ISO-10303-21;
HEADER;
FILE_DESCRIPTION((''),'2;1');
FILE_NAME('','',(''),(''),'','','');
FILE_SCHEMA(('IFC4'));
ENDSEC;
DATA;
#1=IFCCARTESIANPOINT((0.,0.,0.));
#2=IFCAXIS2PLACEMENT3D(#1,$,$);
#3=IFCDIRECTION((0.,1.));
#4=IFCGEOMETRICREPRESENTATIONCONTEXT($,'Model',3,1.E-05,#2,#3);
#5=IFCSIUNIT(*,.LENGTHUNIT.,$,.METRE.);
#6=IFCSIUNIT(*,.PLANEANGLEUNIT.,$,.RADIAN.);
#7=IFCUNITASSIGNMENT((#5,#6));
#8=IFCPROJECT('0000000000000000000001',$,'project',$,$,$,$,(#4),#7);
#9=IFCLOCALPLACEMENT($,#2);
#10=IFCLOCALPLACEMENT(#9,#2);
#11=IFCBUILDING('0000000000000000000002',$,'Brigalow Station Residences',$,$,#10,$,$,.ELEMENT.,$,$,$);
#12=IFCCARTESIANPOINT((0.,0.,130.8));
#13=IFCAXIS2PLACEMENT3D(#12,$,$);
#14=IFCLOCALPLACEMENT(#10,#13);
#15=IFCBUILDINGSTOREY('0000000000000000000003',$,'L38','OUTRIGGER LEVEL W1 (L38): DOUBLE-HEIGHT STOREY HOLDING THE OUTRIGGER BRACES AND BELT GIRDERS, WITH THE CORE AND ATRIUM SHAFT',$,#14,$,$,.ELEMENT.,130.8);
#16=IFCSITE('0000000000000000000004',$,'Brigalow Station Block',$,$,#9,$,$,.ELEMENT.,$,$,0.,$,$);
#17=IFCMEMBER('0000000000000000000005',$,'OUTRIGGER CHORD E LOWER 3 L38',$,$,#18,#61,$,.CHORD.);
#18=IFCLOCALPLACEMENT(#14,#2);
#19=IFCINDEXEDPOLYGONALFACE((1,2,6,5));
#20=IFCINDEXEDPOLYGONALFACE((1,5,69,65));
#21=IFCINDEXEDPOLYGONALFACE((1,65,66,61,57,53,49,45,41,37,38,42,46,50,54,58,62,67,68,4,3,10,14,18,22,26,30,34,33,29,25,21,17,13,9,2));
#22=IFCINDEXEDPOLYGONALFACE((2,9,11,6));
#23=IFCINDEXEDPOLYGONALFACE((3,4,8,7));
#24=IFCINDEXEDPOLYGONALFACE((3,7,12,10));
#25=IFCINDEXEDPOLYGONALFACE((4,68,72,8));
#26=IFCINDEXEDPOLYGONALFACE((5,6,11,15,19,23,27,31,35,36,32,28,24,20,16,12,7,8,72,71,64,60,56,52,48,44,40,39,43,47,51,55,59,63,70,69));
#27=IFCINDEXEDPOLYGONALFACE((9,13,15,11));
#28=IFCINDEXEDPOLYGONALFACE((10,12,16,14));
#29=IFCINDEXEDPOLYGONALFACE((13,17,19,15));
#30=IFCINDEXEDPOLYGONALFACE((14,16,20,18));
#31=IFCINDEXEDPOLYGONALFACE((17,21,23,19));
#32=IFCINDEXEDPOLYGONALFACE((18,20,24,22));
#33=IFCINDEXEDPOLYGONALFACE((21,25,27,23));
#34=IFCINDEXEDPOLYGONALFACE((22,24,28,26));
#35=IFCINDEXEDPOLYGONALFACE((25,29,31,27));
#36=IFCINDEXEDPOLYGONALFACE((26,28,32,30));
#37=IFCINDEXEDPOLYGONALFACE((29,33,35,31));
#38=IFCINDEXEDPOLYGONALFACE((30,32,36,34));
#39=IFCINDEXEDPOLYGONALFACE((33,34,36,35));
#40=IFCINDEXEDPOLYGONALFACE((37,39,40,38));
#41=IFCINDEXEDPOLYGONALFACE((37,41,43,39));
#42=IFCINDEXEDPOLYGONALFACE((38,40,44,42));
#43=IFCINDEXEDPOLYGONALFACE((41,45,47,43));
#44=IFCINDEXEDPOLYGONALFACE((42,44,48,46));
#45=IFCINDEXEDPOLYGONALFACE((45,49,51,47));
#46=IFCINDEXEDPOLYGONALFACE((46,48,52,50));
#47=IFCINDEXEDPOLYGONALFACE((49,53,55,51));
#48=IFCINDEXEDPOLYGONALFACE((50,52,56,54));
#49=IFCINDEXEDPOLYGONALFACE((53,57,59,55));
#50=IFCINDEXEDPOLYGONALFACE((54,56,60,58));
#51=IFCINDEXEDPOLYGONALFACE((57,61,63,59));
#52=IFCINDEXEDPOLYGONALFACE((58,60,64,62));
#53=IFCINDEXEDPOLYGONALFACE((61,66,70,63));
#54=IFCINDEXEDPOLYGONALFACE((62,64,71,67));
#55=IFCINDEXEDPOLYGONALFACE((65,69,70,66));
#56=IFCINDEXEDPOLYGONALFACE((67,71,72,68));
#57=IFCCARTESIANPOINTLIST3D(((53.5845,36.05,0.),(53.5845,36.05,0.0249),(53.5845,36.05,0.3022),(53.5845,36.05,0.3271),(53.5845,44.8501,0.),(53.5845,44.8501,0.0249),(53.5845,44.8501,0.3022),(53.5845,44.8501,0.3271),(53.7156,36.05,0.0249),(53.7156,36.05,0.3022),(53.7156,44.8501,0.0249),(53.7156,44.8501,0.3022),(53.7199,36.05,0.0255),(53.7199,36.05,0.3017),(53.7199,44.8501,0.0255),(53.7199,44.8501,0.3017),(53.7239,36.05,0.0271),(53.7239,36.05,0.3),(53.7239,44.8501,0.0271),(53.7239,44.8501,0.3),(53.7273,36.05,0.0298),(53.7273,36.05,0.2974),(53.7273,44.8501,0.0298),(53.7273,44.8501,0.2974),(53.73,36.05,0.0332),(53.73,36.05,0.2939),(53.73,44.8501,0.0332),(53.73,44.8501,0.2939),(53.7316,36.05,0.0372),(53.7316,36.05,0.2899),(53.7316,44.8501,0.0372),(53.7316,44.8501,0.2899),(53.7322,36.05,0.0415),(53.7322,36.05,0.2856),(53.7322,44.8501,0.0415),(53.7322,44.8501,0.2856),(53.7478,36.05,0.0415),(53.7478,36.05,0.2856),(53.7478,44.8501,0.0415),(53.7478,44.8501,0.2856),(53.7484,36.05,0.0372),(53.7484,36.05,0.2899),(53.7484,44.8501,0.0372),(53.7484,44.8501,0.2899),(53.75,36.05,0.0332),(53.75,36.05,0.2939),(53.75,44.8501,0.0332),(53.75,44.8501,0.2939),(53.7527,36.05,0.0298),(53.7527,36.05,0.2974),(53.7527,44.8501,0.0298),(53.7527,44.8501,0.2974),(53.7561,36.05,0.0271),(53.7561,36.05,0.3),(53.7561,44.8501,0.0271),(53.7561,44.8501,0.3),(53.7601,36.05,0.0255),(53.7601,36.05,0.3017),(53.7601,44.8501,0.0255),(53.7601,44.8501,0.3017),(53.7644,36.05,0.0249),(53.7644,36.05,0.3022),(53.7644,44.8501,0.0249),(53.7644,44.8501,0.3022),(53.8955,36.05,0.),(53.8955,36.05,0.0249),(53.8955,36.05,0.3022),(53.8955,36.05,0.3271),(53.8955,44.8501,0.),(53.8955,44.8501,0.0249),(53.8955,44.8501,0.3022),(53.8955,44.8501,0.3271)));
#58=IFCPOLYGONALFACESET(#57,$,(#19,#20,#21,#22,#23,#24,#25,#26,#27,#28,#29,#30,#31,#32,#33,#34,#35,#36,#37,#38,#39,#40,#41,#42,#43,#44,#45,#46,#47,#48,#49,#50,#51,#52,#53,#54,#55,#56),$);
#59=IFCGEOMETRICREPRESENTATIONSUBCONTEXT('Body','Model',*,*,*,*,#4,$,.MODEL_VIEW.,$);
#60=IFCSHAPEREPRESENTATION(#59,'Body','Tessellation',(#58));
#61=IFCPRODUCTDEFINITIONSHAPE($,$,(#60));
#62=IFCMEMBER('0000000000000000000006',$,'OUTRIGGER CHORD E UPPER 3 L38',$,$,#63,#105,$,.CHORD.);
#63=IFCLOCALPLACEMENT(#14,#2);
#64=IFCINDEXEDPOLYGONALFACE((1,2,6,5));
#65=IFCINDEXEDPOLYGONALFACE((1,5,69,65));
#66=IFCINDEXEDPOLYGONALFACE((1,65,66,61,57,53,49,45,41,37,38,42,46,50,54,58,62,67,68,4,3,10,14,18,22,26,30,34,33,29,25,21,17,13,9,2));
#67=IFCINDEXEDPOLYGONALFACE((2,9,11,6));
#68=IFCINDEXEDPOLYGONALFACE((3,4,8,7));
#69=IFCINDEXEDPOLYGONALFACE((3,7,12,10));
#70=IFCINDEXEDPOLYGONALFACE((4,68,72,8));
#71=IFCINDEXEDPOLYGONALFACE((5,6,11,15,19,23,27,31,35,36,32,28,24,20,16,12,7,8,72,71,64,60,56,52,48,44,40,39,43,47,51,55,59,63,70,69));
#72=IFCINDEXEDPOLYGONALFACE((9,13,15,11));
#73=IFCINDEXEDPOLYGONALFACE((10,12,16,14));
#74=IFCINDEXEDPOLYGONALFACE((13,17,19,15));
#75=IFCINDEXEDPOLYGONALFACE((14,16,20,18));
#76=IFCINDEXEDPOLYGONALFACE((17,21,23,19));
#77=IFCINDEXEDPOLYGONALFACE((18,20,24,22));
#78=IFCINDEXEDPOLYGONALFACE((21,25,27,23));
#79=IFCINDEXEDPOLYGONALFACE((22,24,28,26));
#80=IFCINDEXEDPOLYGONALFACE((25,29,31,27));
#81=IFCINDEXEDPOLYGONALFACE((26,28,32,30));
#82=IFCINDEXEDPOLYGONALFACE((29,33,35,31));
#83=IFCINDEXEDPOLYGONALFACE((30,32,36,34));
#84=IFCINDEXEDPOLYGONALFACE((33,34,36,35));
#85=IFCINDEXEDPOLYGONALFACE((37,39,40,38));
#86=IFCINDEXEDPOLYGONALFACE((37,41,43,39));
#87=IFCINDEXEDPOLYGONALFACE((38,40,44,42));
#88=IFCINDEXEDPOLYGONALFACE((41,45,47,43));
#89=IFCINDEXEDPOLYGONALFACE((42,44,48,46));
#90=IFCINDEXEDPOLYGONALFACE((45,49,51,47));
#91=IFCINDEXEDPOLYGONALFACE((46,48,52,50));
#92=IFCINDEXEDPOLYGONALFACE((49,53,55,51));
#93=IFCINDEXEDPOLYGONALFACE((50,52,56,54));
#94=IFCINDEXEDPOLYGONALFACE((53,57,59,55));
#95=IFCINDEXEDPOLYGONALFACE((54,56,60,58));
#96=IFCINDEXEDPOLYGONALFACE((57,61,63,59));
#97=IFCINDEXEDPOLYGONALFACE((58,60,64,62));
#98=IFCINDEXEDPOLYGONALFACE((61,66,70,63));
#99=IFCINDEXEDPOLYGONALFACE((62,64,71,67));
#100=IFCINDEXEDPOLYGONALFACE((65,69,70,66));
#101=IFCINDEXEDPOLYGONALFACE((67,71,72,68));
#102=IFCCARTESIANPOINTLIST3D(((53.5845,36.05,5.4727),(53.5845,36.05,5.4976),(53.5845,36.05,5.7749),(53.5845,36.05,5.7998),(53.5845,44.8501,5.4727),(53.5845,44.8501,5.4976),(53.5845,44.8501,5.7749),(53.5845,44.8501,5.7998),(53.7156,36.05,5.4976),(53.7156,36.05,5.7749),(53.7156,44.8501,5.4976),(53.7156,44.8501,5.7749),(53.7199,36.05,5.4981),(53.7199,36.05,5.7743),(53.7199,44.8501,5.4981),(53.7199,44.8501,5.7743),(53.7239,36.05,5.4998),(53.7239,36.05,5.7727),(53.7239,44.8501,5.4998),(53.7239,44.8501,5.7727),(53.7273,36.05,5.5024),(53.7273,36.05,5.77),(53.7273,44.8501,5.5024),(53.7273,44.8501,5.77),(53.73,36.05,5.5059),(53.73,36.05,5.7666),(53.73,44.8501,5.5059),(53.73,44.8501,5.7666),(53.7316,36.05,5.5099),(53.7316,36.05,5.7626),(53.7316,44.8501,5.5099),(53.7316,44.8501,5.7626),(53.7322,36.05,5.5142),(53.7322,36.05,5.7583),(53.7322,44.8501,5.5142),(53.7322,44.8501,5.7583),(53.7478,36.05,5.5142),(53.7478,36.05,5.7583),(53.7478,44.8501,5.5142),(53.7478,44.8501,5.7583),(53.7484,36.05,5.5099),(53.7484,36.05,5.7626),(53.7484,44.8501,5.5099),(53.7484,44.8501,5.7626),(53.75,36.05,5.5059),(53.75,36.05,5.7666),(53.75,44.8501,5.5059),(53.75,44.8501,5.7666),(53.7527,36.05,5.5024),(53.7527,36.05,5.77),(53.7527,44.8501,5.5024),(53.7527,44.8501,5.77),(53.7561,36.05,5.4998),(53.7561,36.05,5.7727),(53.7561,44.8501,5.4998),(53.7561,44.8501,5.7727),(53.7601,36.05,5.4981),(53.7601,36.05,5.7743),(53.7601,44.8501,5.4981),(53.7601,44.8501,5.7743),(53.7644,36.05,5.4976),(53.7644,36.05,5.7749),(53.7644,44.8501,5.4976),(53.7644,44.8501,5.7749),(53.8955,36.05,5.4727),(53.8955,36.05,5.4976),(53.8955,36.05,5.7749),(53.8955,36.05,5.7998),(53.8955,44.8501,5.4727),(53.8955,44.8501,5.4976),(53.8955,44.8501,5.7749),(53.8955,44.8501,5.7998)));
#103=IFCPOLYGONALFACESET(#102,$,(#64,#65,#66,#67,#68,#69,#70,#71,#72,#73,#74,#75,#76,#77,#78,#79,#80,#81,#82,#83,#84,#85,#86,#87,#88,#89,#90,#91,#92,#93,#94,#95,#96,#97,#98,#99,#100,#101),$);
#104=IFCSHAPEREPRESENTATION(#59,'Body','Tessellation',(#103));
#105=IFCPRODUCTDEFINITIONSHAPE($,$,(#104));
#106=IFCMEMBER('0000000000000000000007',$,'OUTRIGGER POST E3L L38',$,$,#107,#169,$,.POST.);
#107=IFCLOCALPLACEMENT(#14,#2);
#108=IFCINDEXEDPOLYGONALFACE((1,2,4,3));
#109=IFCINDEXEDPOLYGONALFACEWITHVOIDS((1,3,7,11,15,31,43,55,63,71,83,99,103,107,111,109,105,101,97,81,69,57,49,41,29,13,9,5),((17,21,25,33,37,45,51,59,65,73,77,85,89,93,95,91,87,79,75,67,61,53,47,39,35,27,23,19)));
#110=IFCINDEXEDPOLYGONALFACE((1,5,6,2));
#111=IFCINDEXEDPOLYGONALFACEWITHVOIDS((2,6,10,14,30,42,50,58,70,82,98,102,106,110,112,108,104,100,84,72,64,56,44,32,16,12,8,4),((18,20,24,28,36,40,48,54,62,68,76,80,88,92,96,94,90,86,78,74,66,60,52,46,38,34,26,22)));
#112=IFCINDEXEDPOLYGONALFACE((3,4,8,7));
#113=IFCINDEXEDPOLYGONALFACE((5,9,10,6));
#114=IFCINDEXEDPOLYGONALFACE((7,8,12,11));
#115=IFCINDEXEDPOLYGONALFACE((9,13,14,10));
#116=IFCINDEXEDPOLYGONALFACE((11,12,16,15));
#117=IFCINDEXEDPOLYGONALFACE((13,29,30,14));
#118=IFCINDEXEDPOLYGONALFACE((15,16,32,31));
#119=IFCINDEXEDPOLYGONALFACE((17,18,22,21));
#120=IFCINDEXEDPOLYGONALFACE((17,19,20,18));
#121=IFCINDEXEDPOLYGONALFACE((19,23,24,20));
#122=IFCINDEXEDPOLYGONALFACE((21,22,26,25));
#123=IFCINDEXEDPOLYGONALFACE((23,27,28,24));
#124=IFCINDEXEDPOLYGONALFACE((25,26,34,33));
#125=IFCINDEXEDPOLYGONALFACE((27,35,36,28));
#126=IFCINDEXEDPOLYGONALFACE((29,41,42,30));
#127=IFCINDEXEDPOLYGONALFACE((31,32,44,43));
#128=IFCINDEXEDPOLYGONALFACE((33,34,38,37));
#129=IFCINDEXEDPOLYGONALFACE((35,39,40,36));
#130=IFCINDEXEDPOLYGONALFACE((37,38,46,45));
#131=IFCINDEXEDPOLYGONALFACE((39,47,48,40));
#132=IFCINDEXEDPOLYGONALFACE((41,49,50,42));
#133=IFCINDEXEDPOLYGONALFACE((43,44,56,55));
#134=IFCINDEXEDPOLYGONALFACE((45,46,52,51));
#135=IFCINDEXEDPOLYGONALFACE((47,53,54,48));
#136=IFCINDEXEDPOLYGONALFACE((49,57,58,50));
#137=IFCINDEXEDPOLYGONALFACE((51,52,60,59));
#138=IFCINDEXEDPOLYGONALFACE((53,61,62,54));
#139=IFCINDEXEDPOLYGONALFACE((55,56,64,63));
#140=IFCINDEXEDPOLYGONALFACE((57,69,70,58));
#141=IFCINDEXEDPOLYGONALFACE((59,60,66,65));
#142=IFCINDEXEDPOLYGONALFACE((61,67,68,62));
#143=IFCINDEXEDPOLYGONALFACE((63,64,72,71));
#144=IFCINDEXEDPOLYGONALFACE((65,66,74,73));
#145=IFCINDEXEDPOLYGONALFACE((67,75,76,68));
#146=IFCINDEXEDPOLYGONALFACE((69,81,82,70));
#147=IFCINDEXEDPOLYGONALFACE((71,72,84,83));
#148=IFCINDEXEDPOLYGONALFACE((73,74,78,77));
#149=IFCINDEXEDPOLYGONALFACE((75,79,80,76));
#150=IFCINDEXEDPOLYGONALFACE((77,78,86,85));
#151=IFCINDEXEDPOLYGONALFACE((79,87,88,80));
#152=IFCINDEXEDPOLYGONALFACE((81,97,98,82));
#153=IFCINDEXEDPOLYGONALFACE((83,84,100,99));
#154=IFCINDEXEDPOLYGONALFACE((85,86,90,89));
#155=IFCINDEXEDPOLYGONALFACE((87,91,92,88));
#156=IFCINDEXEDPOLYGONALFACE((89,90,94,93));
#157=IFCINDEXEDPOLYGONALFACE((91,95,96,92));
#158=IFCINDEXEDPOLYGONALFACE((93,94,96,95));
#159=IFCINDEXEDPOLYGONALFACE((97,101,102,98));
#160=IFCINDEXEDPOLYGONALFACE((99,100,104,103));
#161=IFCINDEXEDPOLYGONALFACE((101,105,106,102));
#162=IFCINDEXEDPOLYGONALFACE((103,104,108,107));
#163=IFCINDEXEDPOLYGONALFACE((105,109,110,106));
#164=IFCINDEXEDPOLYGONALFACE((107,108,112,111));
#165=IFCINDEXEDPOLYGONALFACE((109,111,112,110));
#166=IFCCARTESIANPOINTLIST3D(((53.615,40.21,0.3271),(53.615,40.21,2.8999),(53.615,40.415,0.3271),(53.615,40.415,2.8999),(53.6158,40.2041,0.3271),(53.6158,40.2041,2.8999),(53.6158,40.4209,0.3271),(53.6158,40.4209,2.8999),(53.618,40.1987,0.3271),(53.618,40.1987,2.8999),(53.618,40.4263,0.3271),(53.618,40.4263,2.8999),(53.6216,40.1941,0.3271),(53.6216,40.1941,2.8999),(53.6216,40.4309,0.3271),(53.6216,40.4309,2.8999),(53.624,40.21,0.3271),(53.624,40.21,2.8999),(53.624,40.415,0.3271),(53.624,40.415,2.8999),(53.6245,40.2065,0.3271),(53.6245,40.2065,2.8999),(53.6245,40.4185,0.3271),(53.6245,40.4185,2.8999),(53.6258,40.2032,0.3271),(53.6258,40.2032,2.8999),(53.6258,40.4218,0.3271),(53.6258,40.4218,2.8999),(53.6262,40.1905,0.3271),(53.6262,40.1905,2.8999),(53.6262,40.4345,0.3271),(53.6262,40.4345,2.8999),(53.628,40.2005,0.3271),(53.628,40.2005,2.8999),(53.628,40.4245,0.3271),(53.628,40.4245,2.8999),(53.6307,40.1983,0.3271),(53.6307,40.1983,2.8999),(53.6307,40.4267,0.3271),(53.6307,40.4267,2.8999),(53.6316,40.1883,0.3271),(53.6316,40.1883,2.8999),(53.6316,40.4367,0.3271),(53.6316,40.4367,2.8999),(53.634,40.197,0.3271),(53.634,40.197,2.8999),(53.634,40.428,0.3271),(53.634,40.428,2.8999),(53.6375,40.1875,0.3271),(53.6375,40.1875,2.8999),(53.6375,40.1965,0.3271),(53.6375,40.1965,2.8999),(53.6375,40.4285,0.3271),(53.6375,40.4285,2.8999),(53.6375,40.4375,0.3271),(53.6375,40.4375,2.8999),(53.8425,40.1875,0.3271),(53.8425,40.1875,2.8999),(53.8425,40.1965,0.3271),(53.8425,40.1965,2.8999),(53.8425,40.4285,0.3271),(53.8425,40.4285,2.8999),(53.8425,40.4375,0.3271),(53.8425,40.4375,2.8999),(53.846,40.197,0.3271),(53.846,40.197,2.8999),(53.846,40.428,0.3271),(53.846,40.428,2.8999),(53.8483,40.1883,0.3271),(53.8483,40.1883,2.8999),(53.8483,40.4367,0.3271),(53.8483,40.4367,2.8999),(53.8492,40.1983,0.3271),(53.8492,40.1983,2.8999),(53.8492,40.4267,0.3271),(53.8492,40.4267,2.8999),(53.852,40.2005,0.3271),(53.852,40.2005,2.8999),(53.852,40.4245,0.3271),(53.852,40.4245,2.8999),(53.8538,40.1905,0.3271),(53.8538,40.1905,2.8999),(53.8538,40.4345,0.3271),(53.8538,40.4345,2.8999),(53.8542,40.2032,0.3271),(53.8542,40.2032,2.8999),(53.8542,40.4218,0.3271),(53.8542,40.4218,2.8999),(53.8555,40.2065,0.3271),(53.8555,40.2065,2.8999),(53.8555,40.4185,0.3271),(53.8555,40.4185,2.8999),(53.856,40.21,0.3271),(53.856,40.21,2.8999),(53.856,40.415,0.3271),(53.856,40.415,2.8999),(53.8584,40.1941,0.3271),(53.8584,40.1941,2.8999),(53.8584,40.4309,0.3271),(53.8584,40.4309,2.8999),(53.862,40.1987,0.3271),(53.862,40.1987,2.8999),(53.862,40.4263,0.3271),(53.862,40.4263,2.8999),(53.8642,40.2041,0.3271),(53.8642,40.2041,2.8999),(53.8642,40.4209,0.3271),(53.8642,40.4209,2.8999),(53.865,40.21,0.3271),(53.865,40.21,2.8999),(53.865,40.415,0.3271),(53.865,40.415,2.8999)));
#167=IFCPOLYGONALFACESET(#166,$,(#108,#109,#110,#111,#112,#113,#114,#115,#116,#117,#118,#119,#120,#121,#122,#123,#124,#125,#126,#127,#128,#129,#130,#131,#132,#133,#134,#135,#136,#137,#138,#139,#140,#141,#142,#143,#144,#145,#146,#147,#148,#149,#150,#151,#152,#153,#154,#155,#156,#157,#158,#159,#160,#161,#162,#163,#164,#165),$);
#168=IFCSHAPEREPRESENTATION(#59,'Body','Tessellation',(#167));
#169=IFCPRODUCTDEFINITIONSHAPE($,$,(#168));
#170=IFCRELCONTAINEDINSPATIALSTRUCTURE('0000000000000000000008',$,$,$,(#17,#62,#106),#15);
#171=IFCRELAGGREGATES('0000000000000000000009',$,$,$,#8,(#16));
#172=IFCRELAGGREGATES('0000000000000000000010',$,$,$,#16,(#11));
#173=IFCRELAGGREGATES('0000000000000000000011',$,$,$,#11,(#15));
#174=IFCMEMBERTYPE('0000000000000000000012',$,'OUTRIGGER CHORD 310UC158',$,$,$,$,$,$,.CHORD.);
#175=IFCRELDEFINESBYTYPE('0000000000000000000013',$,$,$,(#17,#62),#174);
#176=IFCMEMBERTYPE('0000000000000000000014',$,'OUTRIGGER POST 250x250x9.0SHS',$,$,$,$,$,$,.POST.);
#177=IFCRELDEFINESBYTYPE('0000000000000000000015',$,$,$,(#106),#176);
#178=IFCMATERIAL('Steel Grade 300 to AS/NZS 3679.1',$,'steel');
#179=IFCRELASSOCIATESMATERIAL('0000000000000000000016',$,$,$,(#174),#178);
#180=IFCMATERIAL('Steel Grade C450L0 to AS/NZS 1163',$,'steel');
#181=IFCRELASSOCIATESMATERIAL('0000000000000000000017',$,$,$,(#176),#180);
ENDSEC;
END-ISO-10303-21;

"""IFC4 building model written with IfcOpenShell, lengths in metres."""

from ifc_helpers import new_model, si_unit, direction, frame, origin, origin_2d, place, context, subcontext, project, spatial, hollow_rectangle, i_section, extrude, material, material_profile, profile_set, type_object, element, save


model = new_model("IFC4")

# Units and contexts
model_context = context("Model", 3, precision=1e-05, world=origin(), true_north=direction((0.0, 1.0)))
body_context = subcontext(model_context, "Body", "Model", "MODEL_VIEW")
ifc_project = project(units=[si_unit("LENGTHUNIT", "METRE"), si_unit("PLANEANGLEUNIT", "RADIAN")], contexts=[model_context])

# Site, building, storey
site_placement = place(None, origin())
site = spatial("IfcSite", under=ifc_project, at=site_placement, Name="Brigalow Station Block", CompositionType="ELEMENT", RefElevation=0.0)
building_placement = place(site_placement, origin())
building = spatial("IfcBuilding", under=site, at=building_placement, Name="Brigalow Station Residences", CompositionType="ELEMENT")
storey_placement = place(building_placement, frame((0.0, 0.0, 130.8)))
storey = spatial("IfcBuildingStorey", under=building, at=storey_placement, Name="L38", Description="OUTRIGGER LEVEL W1 (L38): DOUBLE-HEIGHT STOREY HOLDING THE OUTRIGGER BRACES AND BELT GIRDERS, WITH THE CORE AND ATRIUM SHAFT", CompositionType="ELEMENT", Elevation=130.8)

# Members
ifc_material_1 = material(Name="Steel Grade 300 to AS/NZS 3679.1", Category="steel")
ifc_material_profile_1 = material_profile(ifc_material_1, i_section(OverallWidth=0.311, OverallDepth=0.3271, WebThickness=0.0156, FlangeThickness=0.0249, FilletRadius=0.0166, at=origin_2d()), Name="310UC158")
ifc_profile_set_1 = profile_set([ifc_material_profile_1], Name="Steel Grade 300 to AS/NZS 3679.1")
member_type_1 = type_object("IfcMemberType", Name="OUTRIGGER CHORD 310UC158", PredefinedType="CHORD", material=ifc_profile_set_1)
for number, where, z_axis, x_axis, name in (
    (1, (53.74, 36.05, 0.1636), (0.0, 1.0, 0.0), (-1.0, 0.0, 0.0), "OUTRIGGER CHORD E LOWER 3 L38"),
    (2, (53.74, 36.05, 5.6362), (0.0, 1.0, 0.0), (-1.0, 0.0, 0.0), "OUTRIGGER CHORD E UPPER 3 L38"),
):
    element("IfcMember", number, at=place(storey_placement, frame(where, z_axis=z_axis, x_axis=x_axis)), inside=storey, type_object=member_type_1, Name=name, PredefinedType="CHORD", context=body_context, shape_type="SweptSolid", body=[
        extrude(i_section(OverallWidth=0.311, OverallDepth=0.3271, WebThickness=0.0156, FlangeThickness=0.0249, FilletRadius=0.0166, at=origin_2d()), origin(), (0.0, 0.0, 1.0), 8.8),
    ])
ifc_material_2 = material(Name="Steel Grade C450L0 to AS/NZS 1163", Category="steel")
ifc_material_profile_2 = material_profile(ifc_material_2, hollow_rectangle(XDim=0.25, YDim=0.25, WallThickness=0.009, InnerFilletRadius=0.0134, OuterFilletRadius=0.0225, at=origin_2d()), Name="250x250x9.0SHS")
ifc_profile_set_2 = profile_set([ifc_material_profile_2], Name="Steel Grade C450L0 to AS/NZS 1163")
member_type_2 = type_object("IfcMemberType", Name="OUTRIGGER POST 250x250x9.0SHS", PredefinedType="POST", material=ifc_profile_set_2)
for number, where, z_axis, x_axis, name in (
    (3, (53.74, 40.3125, 0.3271), (0.0, 0.0, 1.0), (1.0, 0.0, 0.0), "OUTRIGGER POST E3L L38"),
):
    element("IfcMember", number, at=place(storey_placement, frame(where, z_axis=z_axis, x_axis=x_axis)), inside=storey, type_object=member_type_2, Name=name, PredefinedType="POST", context=body_context, shape_type="SweptSolid", body=[
        extrude(hollow_rectangle(XDim=0.25, YDim=0.25, WallThickness=0.009, InnerFilletRadius=0.0134, OuterFilletRadius=0.0225, at=origin_2d()), origin(), (0.0, 0.0, 1.0), 2.5728),
    ])

save(model, "model.ifc")
